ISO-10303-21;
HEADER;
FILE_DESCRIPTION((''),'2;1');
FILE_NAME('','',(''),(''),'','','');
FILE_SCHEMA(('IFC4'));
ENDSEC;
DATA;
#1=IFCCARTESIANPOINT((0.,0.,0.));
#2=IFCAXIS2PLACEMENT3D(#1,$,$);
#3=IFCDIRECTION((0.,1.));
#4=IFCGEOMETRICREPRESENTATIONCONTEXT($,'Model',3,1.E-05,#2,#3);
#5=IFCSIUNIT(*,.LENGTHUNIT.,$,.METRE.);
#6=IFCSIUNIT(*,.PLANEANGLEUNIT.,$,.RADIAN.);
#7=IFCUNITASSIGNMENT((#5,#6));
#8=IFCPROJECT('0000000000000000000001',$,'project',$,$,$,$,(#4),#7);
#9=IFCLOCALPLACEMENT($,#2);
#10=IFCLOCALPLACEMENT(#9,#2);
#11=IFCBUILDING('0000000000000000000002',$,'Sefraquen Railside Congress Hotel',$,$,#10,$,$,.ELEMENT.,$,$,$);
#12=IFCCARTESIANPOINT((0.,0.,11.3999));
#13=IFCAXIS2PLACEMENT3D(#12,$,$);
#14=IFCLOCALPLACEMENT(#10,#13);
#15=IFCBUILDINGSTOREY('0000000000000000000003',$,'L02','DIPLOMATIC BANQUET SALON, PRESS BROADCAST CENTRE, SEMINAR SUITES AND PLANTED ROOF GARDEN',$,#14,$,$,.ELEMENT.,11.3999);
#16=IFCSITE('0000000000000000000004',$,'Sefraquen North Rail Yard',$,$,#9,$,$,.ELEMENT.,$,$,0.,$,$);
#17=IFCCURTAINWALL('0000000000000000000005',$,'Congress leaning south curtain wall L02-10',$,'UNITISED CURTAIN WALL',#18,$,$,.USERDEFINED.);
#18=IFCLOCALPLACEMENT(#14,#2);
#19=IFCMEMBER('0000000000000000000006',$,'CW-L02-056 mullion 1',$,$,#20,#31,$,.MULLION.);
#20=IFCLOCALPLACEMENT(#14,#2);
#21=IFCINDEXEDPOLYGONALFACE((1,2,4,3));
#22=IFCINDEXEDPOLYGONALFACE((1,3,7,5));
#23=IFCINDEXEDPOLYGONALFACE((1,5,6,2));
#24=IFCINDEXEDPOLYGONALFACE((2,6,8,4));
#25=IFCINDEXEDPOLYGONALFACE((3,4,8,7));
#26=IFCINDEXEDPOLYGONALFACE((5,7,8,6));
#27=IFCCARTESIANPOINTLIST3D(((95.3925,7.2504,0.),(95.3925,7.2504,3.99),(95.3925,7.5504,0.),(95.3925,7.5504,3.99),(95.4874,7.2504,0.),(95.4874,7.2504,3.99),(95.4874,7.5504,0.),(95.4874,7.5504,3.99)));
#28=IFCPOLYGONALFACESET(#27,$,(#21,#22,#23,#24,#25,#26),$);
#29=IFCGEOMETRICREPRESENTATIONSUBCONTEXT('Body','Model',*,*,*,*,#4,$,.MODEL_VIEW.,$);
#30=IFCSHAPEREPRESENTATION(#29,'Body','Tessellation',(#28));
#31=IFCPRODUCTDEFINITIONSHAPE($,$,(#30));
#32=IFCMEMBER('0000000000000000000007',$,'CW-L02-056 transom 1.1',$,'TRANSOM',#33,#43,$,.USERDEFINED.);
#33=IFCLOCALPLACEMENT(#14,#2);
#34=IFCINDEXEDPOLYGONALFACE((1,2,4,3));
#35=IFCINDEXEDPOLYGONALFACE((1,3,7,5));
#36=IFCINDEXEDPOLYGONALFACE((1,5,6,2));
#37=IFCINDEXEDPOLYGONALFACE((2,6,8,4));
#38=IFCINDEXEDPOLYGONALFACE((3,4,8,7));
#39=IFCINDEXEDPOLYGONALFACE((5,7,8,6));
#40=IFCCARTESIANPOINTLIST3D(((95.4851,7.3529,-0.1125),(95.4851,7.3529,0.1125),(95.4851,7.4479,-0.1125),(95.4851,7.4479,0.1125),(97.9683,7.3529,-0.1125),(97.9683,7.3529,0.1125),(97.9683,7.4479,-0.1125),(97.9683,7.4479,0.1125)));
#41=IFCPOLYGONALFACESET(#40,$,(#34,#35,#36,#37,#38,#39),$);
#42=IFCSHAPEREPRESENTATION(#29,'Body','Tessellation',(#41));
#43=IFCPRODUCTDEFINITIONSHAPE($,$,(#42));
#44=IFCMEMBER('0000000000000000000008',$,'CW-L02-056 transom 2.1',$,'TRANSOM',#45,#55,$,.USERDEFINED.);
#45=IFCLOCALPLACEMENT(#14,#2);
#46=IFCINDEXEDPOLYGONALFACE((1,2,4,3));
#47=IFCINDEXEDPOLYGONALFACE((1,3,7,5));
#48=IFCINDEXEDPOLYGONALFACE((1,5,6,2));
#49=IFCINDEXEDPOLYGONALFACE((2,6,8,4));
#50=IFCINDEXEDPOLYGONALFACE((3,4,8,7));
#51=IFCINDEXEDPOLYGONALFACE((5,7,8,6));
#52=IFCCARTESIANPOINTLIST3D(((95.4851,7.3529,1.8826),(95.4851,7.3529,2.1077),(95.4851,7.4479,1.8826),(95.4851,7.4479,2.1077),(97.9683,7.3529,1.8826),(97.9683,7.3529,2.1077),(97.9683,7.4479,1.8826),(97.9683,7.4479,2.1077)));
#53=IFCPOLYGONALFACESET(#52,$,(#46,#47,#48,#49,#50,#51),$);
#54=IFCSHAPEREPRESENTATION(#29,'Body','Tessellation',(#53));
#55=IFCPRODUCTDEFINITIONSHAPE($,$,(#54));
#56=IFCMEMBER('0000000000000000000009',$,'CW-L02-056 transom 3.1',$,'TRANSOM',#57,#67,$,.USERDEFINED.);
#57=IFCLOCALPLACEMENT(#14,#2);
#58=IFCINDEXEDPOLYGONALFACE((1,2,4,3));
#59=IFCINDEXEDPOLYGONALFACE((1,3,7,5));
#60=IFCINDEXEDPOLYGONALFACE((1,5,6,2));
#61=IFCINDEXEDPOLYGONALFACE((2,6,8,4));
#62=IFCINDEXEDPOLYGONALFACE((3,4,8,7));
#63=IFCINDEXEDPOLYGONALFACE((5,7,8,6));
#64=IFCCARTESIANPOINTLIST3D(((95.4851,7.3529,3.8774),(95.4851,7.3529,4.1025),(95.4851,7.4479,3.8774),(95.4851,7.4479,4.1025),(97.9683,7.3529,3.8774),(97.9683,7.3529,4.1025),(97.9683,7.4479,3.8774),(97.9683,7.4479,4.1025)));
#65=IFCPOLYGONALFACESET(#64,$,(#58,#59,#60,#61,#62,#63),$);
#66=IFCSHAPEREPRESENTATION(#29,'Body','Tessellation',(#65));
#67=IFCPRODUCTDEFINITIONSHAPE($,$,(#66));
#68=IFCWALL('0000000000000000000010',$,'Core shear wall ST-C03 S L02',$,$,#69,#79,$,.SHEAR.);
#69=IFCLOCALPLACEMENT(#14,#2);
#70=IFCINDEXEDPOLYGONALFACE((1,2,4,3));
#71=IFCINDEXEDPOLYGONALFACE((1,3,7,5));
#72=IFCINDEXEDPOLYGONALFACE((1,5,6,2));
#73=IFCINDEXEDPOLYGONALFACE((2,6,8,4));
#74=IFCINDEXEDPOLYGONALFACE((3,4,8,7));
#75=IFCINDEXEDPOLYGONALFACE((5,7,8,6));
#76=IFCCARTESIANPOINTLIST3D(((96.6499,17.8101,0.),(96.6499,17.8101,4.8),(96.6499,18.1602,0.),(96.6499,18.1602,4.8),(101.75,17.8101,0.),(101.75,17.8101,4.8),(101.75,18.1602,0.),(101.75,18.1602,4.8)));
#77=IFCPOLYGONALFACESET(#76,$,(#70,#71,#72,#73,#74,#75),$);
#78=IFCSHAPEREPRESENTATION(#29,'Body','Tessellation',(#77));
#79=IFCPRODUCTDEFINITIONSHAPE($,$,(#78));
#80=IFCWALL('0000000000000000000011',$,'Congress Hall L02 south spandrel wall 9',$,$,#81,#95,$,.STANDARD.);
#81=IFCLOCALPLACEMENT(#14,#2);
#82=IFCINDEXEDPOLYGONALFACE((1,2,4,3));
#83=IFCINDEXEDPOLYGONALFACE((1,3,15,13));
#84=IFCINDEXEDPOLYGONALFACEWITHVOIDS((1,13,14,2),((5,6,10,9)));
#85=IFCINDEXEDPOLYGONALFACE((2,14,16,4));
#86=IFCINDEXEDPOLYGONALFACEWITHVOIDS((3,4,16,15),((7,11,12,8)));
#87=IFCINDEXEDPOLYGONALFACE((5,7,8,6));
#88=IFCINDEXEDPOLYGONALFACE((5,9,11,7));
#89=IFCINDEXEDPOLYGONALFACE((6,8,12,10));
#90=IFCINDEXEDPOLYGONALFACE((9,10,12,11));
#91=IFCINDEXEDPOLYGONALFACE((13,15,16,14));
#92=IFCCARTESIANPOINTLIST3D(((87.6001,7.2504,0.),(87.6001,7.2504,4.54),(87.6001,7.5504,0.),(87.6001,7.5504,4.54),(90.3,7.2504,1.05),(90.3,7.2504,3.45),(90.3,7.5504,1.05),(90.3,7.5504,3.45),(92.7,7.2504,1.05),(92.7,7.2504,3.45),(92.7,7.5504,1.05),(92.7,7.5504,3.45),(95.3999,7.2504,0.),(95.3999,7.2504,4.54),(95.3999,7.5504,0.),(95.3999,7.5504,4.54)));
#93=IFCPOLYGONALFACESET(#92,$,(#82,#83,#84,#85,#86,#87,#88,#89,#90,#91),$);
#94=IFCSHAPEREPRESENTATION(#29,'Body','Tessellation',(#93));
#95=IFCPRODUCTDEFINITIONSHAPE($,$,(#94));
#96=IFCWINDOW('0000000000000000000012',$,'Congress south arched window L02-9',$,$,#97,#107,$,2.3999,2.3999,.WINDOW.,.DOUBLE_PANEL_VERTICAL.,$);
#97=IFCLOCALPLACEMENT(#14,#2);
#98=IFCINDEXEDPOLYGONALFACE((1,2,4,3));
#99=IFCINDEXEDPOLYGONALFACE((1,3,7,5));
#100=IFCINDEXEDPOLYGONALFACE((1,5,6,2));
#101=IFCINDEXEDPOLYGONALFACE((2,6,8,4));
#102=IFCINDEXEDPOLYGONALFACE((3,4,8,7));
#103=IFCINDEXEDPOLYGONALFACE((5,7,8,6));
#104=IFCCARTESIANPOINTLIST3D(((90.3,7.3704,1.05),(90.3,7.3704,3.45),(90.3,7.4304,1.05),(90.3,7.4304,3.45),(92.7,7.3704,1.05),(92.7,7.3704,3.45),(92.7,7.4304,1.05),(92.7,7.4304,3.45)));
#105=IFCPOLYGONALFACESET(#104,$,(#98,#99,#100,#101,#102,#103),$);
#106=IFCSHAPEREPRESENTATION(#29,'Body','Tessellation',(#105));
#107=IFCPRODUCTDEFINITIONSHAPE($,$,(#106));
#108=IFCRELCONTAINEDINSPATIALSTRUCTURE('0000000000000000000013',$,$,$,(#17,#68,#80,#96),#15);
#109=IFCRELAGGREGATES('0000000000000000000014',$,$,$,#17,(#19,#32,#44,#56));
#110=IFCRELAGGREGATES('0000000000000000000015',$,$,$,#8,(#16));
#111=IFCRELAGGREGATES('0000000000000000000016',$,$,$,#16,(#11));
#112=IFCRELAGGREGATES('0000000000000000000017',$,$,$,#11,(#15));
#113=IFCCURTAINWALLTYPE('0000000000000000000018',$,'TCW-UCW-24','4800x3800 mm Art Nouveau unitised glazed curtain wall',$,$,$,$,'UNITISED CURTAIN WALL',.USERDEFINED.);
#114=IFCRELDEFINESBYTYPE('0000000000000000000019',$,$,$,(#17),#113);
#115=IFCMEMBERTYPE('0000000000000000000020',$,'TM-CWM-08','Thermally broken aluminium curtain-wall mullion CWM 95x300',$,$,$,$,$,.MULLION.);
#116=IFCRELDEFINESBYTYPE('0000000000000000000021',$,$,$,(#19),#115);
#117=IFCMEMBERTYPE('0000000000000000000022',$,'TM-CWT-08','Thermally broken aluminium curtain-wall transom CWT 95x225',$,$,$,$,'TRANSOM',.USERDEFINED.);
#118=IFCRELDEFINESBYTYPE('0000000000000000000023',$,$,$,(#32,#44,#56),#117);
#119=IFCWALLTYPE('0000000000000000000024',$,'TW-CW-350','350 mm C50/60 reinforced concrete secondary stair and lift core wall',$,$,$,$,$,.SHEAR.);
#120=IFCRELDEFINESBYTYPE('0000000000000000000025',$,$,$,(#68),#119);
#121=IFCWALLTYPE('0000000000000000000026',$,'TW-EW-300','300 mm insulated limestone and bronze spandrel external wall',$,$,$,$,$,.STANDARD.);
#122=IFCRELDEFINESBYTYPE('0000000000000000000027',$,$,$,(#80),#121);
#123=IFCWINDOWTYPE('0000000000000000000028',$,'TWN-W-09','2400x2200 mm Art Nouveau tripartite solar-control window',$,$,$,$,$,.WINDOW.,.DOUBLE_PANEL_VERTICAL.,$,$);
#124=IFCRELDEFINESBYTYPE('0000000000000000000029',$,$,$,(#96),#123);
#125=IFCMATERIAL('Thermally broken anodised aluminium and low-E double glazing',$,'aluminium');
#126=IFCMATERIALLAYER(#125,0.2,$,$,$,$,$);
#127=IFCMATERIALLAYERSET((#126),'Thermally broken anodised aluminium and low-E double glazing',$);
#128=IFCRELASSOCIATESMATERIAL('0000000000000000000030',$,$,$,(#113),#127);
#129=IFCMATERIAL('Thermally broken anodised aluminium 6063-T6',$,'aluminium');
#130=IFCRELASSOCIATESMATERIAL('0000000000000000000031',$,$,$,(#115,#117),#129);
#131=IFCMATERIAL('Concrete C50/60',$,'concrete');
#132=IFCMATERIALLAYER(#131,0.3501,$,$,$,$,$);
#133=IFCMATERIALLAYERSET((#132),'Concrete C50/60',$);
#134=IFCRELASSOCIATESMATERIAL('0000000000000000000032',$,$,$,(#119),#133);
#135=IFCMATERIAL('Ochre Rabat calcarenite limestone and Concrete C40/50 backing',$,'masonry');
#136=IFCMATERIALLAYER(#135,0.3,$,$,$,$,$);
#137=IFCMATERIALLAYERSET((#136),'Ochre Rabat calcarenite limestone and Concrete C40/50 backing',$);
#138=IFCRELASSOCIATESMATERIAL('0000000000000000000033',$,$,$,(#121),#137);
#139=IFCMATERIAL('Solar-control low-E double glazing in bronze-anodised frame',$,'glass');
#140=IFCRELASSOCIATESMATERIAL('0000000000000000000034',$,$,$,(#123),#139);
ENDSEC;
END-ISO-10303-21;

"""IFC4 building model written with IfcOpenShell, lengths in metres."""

from ifc_helpers import new_model, si_unit, direction, frame, frame_2d, origin, origin_2d, place, context, subcontext, project, spatial, rectangle, extrude, material, layer, layer_set, material_profile, profile_set, type_object, element, fill, aggregate, save


model = new_model("IFC4")

# Units and contexts
model_context = context("Model", 3, precision=1e-05, world=origin(), true_north=direction((0.0, 1.0)))
body_context = subcontext(model_context, "Body", "Model", "MODEL_VIEW")
ifc_project = project(units=[si_unit("LENGTHUNIT", "METRE"), si_unit("PLANEANGLEUNIT", "RADIAN")], contexts=[model_context])

# Site, building, storey
site_placement = place(None, origin())
site = spatial("IfcSite", under=ifc_project, at=site_placement, Name="Sefraquen North Rail Yard", CompositionType="ELEMENT", RefElevation=0.0)
building_placement = place(site_placement, origin())
building = spatial("IfcBuilding", under=site, at=building_placement, Name="Sefraquen Railside Congress Hotel", CompositionType="ELEMENT")
storey_placement = place(building_placement, frame((0.0, 0.0, 11.3999)))
storey = spatial("IfcBuildingStorey", under=building, at=storey_placement, Name="L02", Description="DIPLOMATIC BANQUET SALON, PRESS BROADCAST CENTRE, SEMINAR SUITES AND PLANTED ROOF GARDEN", CompositionType="ELEMENT", Elevation=11.3999)

# Curtain wall, members
ifc_material_1 = material(Name="Thermally broken anodised aluminium and low-E double glazing", Category="aluminium")
ifc_layer_1 = layer(ifc_material_1, 0.2)
ifc_layer_set_1 = layer_set([ifc_layer_1], Name="Thermally broken anodised aluminium and low-E double glazing")
curtain_wall_type = type_object("IfcCurtainWallType", Name="TCW-UCW-24", Description="4800x3800 mm Art Nouveau unitised glazed curtain wall", ElementType="UNITISED CURTAIN WALL", PredefinedType="USERDEFINED", material=ifc_layer_set_1)
curtain_wall_placement = place(storey_placement, origin())
curtain_wall = element("IfcCurtainWall", 1, at=curtain_wall_placement, inside=storey, type_object=curtain_wall_type, Name="Congress leaning south curtain wall L02-10", ObjectType="UNITISED CURTAIN WALL", PredefinedType="USERDEFINED")
ifc_material_2 = material(Name="Thermally broken anodised aluminium 6063-T6", Category="aluminium")
ifc_material_profile_1 = material_profile(ifc_material_2, rectangle(XDim=0.095, YDim=0.3, at=origin_2d()), Name="CWM 95x300")
ifc_profile_set_1 = profile_set([ifc_material_profile_1], Name="Thermally broken anodised aluminium 6063-T6")
member_type_1 = type_object("IfcMemberType", Name="TM-CWM-08", Description="Thermally broken aluminium curtain-wall mullion CWM 95x300", PredefinedType="MULLION", material=ifc_profile_set_1)
member_1_placement = place(storey_placement, frame((95.4399, 7.4004, 0.0), z_axis=(0.0, 0.0, 1.0), x_axis=(1.0, 0.0, 0.0)))
member_1 = element("IfcMember", 2, at=member_1_placement, type_object=member_type_1, Name="CW-L02-056 mullion 1", PredefinedType="MULLION", context=body_context, shape_type="SweptSolid", body=[
    extrude(rectangle(XDim=0.095, YDim=0.3, at=origin_2d()), origin(), (0.0, 0.0, 1.0), 3.99),
])
ifc_material_profile_2 = material_profile(ifc_material_2, rectangle(XDim=0.095, YDim=0.2251, at=origin_2d()), Name="CWT 95x225")
ifc_profile_set_2 = profile_set([ifc_material_profile_2], Name="Thermally broken anodised aluminium 6063-T6")
member_type_2 = type_object("IfcMemberType", Name="TM-CWT-08", Description="Thermally broken aluminium curtain-wall transom CWT 95x225", ElementType="TRANSOM", PredefinedType="USERDEFINED", material=ifc_profile_set_2)
member_2_placement = place(storey_placement, frame((95.4851, 7.4004, 0.0), z_axis=(1.0, 0.0, 0.0), x_axis=(0.0, 1.0, 0.0)))
member_2 = element("IfcMember", 3, at=member_2_placement, type_object=member_type_2, Name="CW-L02-056 transom 1.1", ObjectType="TRANSOM", PredefinedType="USERDEFINED", context=body_context, shape_type="SweptSolid", body=[
    extrude(rectangle(XDim=0.095, YDim=0.2251, at=origin_2d()), origin(), (0.0, 0.0, 1.0), 2.4832),
])
member_3_placement = place(storey_placement, frame((95.4851, 7.4004, 1.9951), z_axis=(1.0, 0.0, 0.0), x_axis=(0.0, 1.0, 0.0)))
member_3 = element("IfcMember", 4, at=member_3_placement, type_object=member_type_2, Name="CW-L02-056 transom 2.1", ObjectType="TRANSOM", PredefinedType="USERDEFINED", context=body_context, shape_type="SweptSolid", body=[
    extrude(rectangle(XDim=0.095, YDim=0.2251, at=origin_2d()), origin(), (0.0, 0.0, 1.0), 2.4832),
])
member_4_placement = place(storey_placement, frame((95.4851, 7.4004, 3.99), z_axis=(1.0, 0.0, 0.0), x_axis=(0.0, 1.0, 0.0)))
member_4 = element("IfcMember", 5, at=member_4_placement, type_object=member_type_2, Name="CW-L02-056 transom 3.1", ObjectType="TRANSOM", PredefinedType="USERDEFINED", context=body_context, shape_type="SweptSolid", body=[
    extrude(rectangle(XDim=0.095, YDim=0.2251, at=origin_2d()), origin(), (0.0, 0.0, 1.0), 2.4832),
])
aggregate(curtain_wall, [member_1, member_2, member_3, member_4])

# Wall
ifc_material_3 = material(Name="Concrete C50/60", Category="concrete")
ifc_layer_2 = layer(ifc_material_3, 0.3501)
ifc_layer_set_2 = layer_set([ifc_layer_2], Name="Concrete C50/60")
wall_type_1 = type_object("IfcWallType", Name="TW-CW-350", Description="350 mm C50/60 reinforced concrete secondary stair and lift core wall", PredefinedType="SHEAR", material=ifc_layer_set_2)
wall_1_placement = place(storey_placement, frame((96.6499, 17.9851, 0.0), z_axis=(0.0, 0.0, 1.0), x_axis=(1.0, 0.0, 0.0)))
element("IfcWall", 6, at=wall_1_placement, inside=storey, type_object=wall_type_1, Name="Core shear wall ST-C03 S L02", PredefinedType="SHEAR", context=body_context, shape_type="SweptSolid", body=[
    extrude(rectangle(XDim=5.1001, YDim=0.3501, at=frame_2d((2.55, 0.0))), origin(), (0.0, 0.0, 1.0), 4.8),
])

# Wall, opening, window
ifc_material_4 = material(Name="Ochre Rabat calcarenite limestone and Concrete C40/50 backing", Category="masonry")
ifc_layer_3 = layer(ifc_material_4, 0.3)
ifc_layer_set_3 = layer_set([ifc_layer_3], Name="Ochre Rabat calcarenite limestone and Concrete C40/50 backing")
wall_type_2 = type_object("IfcWallType", Name="TW-EW-300", Description="300 mm insulated limestone and bronze spandrel external wall", PredefinedType="STANDARD", material=ifc_layer_set_3)
wall_2_placement = place(storey_placement, frame((87.6001, 7.4004, 0.0), z_axis=(0.0, 0.0, 1.0), x_axis=(1.0, 0.0, 0.0)))
wall_2 = element("IfcWall", 7, at=wall_2_placement, inside=storey, type_object=wall_type_2, Name="Congress Hall L02 south spandrel wall 9", PredefinedType="STANDARD", context=body_context, shape_type="SweptSolid", body=[
    extrude(rectangle(XDim=7.7998, YDim=0.3, at=frame_2d((3.8999, 0.0))), origin(), (0.0, 0.0, 1.0), 4.54),
])
opening_placement = place(wall_2_placement, frame((2.7, 0.0, 1.05)))
opening = element("IfcOpeningElement", 8, at=opening_placement, cuts=wall_2, PredefinedType="OPENING", context=body_context, shape_type="SweptSolid", body=[
    extrude(rectangle(XDim=2.3999, YDim=2.3999, at=frame_2d((1.2, 1.2))), frame((0.0, 0.1599, 0.0), z_axis=(0.0, -1.0, 0.0), x_axis=(1.0, 0.0, 0.0)), (0.0, 0.0, 1.0), 0.3201),
])
ifc_material_5 = material(Name="Solar-control low-E double glazing in bronze-anodised frame", Category="glass")
window_type = type_object("IfcWindowType", Name="TWN-W-09", Description="2400x2200 mm Art Nouveau tripartite solar-control window", PartitioningType="DOUBLE_PANEL_VERTICAL", PredefinedType="WINDOW", material=ifc_material_5)
window_placement = place(opening_placement, origin())
window = element("IfcWindow", 9, at=window_placement, inside=storey, type_object=window_type, Name="Congress south arched window L02-9", OverallHeight=2.3999, OverallWidth=2.3999, PartitioningType="DOUBLE_PANEL_VERTICAL", PredefinedType="WINDOW", context=body_context, shape_type="SweptSolid", body=[
    extrude(rectangle(XDim=2.3999, YDim=2.3999, at=frame_2d((1.2, 1.2))), frame((0.0, 0.03, 0.0), z_axis=(0.0, -1.0, 0.0), x_axis=(1.0, 0.0, 0.0)), (0.0, 0.0, 1.0), 0.0601),
])
fill(opening, window)

save(model, "model.ifc")
